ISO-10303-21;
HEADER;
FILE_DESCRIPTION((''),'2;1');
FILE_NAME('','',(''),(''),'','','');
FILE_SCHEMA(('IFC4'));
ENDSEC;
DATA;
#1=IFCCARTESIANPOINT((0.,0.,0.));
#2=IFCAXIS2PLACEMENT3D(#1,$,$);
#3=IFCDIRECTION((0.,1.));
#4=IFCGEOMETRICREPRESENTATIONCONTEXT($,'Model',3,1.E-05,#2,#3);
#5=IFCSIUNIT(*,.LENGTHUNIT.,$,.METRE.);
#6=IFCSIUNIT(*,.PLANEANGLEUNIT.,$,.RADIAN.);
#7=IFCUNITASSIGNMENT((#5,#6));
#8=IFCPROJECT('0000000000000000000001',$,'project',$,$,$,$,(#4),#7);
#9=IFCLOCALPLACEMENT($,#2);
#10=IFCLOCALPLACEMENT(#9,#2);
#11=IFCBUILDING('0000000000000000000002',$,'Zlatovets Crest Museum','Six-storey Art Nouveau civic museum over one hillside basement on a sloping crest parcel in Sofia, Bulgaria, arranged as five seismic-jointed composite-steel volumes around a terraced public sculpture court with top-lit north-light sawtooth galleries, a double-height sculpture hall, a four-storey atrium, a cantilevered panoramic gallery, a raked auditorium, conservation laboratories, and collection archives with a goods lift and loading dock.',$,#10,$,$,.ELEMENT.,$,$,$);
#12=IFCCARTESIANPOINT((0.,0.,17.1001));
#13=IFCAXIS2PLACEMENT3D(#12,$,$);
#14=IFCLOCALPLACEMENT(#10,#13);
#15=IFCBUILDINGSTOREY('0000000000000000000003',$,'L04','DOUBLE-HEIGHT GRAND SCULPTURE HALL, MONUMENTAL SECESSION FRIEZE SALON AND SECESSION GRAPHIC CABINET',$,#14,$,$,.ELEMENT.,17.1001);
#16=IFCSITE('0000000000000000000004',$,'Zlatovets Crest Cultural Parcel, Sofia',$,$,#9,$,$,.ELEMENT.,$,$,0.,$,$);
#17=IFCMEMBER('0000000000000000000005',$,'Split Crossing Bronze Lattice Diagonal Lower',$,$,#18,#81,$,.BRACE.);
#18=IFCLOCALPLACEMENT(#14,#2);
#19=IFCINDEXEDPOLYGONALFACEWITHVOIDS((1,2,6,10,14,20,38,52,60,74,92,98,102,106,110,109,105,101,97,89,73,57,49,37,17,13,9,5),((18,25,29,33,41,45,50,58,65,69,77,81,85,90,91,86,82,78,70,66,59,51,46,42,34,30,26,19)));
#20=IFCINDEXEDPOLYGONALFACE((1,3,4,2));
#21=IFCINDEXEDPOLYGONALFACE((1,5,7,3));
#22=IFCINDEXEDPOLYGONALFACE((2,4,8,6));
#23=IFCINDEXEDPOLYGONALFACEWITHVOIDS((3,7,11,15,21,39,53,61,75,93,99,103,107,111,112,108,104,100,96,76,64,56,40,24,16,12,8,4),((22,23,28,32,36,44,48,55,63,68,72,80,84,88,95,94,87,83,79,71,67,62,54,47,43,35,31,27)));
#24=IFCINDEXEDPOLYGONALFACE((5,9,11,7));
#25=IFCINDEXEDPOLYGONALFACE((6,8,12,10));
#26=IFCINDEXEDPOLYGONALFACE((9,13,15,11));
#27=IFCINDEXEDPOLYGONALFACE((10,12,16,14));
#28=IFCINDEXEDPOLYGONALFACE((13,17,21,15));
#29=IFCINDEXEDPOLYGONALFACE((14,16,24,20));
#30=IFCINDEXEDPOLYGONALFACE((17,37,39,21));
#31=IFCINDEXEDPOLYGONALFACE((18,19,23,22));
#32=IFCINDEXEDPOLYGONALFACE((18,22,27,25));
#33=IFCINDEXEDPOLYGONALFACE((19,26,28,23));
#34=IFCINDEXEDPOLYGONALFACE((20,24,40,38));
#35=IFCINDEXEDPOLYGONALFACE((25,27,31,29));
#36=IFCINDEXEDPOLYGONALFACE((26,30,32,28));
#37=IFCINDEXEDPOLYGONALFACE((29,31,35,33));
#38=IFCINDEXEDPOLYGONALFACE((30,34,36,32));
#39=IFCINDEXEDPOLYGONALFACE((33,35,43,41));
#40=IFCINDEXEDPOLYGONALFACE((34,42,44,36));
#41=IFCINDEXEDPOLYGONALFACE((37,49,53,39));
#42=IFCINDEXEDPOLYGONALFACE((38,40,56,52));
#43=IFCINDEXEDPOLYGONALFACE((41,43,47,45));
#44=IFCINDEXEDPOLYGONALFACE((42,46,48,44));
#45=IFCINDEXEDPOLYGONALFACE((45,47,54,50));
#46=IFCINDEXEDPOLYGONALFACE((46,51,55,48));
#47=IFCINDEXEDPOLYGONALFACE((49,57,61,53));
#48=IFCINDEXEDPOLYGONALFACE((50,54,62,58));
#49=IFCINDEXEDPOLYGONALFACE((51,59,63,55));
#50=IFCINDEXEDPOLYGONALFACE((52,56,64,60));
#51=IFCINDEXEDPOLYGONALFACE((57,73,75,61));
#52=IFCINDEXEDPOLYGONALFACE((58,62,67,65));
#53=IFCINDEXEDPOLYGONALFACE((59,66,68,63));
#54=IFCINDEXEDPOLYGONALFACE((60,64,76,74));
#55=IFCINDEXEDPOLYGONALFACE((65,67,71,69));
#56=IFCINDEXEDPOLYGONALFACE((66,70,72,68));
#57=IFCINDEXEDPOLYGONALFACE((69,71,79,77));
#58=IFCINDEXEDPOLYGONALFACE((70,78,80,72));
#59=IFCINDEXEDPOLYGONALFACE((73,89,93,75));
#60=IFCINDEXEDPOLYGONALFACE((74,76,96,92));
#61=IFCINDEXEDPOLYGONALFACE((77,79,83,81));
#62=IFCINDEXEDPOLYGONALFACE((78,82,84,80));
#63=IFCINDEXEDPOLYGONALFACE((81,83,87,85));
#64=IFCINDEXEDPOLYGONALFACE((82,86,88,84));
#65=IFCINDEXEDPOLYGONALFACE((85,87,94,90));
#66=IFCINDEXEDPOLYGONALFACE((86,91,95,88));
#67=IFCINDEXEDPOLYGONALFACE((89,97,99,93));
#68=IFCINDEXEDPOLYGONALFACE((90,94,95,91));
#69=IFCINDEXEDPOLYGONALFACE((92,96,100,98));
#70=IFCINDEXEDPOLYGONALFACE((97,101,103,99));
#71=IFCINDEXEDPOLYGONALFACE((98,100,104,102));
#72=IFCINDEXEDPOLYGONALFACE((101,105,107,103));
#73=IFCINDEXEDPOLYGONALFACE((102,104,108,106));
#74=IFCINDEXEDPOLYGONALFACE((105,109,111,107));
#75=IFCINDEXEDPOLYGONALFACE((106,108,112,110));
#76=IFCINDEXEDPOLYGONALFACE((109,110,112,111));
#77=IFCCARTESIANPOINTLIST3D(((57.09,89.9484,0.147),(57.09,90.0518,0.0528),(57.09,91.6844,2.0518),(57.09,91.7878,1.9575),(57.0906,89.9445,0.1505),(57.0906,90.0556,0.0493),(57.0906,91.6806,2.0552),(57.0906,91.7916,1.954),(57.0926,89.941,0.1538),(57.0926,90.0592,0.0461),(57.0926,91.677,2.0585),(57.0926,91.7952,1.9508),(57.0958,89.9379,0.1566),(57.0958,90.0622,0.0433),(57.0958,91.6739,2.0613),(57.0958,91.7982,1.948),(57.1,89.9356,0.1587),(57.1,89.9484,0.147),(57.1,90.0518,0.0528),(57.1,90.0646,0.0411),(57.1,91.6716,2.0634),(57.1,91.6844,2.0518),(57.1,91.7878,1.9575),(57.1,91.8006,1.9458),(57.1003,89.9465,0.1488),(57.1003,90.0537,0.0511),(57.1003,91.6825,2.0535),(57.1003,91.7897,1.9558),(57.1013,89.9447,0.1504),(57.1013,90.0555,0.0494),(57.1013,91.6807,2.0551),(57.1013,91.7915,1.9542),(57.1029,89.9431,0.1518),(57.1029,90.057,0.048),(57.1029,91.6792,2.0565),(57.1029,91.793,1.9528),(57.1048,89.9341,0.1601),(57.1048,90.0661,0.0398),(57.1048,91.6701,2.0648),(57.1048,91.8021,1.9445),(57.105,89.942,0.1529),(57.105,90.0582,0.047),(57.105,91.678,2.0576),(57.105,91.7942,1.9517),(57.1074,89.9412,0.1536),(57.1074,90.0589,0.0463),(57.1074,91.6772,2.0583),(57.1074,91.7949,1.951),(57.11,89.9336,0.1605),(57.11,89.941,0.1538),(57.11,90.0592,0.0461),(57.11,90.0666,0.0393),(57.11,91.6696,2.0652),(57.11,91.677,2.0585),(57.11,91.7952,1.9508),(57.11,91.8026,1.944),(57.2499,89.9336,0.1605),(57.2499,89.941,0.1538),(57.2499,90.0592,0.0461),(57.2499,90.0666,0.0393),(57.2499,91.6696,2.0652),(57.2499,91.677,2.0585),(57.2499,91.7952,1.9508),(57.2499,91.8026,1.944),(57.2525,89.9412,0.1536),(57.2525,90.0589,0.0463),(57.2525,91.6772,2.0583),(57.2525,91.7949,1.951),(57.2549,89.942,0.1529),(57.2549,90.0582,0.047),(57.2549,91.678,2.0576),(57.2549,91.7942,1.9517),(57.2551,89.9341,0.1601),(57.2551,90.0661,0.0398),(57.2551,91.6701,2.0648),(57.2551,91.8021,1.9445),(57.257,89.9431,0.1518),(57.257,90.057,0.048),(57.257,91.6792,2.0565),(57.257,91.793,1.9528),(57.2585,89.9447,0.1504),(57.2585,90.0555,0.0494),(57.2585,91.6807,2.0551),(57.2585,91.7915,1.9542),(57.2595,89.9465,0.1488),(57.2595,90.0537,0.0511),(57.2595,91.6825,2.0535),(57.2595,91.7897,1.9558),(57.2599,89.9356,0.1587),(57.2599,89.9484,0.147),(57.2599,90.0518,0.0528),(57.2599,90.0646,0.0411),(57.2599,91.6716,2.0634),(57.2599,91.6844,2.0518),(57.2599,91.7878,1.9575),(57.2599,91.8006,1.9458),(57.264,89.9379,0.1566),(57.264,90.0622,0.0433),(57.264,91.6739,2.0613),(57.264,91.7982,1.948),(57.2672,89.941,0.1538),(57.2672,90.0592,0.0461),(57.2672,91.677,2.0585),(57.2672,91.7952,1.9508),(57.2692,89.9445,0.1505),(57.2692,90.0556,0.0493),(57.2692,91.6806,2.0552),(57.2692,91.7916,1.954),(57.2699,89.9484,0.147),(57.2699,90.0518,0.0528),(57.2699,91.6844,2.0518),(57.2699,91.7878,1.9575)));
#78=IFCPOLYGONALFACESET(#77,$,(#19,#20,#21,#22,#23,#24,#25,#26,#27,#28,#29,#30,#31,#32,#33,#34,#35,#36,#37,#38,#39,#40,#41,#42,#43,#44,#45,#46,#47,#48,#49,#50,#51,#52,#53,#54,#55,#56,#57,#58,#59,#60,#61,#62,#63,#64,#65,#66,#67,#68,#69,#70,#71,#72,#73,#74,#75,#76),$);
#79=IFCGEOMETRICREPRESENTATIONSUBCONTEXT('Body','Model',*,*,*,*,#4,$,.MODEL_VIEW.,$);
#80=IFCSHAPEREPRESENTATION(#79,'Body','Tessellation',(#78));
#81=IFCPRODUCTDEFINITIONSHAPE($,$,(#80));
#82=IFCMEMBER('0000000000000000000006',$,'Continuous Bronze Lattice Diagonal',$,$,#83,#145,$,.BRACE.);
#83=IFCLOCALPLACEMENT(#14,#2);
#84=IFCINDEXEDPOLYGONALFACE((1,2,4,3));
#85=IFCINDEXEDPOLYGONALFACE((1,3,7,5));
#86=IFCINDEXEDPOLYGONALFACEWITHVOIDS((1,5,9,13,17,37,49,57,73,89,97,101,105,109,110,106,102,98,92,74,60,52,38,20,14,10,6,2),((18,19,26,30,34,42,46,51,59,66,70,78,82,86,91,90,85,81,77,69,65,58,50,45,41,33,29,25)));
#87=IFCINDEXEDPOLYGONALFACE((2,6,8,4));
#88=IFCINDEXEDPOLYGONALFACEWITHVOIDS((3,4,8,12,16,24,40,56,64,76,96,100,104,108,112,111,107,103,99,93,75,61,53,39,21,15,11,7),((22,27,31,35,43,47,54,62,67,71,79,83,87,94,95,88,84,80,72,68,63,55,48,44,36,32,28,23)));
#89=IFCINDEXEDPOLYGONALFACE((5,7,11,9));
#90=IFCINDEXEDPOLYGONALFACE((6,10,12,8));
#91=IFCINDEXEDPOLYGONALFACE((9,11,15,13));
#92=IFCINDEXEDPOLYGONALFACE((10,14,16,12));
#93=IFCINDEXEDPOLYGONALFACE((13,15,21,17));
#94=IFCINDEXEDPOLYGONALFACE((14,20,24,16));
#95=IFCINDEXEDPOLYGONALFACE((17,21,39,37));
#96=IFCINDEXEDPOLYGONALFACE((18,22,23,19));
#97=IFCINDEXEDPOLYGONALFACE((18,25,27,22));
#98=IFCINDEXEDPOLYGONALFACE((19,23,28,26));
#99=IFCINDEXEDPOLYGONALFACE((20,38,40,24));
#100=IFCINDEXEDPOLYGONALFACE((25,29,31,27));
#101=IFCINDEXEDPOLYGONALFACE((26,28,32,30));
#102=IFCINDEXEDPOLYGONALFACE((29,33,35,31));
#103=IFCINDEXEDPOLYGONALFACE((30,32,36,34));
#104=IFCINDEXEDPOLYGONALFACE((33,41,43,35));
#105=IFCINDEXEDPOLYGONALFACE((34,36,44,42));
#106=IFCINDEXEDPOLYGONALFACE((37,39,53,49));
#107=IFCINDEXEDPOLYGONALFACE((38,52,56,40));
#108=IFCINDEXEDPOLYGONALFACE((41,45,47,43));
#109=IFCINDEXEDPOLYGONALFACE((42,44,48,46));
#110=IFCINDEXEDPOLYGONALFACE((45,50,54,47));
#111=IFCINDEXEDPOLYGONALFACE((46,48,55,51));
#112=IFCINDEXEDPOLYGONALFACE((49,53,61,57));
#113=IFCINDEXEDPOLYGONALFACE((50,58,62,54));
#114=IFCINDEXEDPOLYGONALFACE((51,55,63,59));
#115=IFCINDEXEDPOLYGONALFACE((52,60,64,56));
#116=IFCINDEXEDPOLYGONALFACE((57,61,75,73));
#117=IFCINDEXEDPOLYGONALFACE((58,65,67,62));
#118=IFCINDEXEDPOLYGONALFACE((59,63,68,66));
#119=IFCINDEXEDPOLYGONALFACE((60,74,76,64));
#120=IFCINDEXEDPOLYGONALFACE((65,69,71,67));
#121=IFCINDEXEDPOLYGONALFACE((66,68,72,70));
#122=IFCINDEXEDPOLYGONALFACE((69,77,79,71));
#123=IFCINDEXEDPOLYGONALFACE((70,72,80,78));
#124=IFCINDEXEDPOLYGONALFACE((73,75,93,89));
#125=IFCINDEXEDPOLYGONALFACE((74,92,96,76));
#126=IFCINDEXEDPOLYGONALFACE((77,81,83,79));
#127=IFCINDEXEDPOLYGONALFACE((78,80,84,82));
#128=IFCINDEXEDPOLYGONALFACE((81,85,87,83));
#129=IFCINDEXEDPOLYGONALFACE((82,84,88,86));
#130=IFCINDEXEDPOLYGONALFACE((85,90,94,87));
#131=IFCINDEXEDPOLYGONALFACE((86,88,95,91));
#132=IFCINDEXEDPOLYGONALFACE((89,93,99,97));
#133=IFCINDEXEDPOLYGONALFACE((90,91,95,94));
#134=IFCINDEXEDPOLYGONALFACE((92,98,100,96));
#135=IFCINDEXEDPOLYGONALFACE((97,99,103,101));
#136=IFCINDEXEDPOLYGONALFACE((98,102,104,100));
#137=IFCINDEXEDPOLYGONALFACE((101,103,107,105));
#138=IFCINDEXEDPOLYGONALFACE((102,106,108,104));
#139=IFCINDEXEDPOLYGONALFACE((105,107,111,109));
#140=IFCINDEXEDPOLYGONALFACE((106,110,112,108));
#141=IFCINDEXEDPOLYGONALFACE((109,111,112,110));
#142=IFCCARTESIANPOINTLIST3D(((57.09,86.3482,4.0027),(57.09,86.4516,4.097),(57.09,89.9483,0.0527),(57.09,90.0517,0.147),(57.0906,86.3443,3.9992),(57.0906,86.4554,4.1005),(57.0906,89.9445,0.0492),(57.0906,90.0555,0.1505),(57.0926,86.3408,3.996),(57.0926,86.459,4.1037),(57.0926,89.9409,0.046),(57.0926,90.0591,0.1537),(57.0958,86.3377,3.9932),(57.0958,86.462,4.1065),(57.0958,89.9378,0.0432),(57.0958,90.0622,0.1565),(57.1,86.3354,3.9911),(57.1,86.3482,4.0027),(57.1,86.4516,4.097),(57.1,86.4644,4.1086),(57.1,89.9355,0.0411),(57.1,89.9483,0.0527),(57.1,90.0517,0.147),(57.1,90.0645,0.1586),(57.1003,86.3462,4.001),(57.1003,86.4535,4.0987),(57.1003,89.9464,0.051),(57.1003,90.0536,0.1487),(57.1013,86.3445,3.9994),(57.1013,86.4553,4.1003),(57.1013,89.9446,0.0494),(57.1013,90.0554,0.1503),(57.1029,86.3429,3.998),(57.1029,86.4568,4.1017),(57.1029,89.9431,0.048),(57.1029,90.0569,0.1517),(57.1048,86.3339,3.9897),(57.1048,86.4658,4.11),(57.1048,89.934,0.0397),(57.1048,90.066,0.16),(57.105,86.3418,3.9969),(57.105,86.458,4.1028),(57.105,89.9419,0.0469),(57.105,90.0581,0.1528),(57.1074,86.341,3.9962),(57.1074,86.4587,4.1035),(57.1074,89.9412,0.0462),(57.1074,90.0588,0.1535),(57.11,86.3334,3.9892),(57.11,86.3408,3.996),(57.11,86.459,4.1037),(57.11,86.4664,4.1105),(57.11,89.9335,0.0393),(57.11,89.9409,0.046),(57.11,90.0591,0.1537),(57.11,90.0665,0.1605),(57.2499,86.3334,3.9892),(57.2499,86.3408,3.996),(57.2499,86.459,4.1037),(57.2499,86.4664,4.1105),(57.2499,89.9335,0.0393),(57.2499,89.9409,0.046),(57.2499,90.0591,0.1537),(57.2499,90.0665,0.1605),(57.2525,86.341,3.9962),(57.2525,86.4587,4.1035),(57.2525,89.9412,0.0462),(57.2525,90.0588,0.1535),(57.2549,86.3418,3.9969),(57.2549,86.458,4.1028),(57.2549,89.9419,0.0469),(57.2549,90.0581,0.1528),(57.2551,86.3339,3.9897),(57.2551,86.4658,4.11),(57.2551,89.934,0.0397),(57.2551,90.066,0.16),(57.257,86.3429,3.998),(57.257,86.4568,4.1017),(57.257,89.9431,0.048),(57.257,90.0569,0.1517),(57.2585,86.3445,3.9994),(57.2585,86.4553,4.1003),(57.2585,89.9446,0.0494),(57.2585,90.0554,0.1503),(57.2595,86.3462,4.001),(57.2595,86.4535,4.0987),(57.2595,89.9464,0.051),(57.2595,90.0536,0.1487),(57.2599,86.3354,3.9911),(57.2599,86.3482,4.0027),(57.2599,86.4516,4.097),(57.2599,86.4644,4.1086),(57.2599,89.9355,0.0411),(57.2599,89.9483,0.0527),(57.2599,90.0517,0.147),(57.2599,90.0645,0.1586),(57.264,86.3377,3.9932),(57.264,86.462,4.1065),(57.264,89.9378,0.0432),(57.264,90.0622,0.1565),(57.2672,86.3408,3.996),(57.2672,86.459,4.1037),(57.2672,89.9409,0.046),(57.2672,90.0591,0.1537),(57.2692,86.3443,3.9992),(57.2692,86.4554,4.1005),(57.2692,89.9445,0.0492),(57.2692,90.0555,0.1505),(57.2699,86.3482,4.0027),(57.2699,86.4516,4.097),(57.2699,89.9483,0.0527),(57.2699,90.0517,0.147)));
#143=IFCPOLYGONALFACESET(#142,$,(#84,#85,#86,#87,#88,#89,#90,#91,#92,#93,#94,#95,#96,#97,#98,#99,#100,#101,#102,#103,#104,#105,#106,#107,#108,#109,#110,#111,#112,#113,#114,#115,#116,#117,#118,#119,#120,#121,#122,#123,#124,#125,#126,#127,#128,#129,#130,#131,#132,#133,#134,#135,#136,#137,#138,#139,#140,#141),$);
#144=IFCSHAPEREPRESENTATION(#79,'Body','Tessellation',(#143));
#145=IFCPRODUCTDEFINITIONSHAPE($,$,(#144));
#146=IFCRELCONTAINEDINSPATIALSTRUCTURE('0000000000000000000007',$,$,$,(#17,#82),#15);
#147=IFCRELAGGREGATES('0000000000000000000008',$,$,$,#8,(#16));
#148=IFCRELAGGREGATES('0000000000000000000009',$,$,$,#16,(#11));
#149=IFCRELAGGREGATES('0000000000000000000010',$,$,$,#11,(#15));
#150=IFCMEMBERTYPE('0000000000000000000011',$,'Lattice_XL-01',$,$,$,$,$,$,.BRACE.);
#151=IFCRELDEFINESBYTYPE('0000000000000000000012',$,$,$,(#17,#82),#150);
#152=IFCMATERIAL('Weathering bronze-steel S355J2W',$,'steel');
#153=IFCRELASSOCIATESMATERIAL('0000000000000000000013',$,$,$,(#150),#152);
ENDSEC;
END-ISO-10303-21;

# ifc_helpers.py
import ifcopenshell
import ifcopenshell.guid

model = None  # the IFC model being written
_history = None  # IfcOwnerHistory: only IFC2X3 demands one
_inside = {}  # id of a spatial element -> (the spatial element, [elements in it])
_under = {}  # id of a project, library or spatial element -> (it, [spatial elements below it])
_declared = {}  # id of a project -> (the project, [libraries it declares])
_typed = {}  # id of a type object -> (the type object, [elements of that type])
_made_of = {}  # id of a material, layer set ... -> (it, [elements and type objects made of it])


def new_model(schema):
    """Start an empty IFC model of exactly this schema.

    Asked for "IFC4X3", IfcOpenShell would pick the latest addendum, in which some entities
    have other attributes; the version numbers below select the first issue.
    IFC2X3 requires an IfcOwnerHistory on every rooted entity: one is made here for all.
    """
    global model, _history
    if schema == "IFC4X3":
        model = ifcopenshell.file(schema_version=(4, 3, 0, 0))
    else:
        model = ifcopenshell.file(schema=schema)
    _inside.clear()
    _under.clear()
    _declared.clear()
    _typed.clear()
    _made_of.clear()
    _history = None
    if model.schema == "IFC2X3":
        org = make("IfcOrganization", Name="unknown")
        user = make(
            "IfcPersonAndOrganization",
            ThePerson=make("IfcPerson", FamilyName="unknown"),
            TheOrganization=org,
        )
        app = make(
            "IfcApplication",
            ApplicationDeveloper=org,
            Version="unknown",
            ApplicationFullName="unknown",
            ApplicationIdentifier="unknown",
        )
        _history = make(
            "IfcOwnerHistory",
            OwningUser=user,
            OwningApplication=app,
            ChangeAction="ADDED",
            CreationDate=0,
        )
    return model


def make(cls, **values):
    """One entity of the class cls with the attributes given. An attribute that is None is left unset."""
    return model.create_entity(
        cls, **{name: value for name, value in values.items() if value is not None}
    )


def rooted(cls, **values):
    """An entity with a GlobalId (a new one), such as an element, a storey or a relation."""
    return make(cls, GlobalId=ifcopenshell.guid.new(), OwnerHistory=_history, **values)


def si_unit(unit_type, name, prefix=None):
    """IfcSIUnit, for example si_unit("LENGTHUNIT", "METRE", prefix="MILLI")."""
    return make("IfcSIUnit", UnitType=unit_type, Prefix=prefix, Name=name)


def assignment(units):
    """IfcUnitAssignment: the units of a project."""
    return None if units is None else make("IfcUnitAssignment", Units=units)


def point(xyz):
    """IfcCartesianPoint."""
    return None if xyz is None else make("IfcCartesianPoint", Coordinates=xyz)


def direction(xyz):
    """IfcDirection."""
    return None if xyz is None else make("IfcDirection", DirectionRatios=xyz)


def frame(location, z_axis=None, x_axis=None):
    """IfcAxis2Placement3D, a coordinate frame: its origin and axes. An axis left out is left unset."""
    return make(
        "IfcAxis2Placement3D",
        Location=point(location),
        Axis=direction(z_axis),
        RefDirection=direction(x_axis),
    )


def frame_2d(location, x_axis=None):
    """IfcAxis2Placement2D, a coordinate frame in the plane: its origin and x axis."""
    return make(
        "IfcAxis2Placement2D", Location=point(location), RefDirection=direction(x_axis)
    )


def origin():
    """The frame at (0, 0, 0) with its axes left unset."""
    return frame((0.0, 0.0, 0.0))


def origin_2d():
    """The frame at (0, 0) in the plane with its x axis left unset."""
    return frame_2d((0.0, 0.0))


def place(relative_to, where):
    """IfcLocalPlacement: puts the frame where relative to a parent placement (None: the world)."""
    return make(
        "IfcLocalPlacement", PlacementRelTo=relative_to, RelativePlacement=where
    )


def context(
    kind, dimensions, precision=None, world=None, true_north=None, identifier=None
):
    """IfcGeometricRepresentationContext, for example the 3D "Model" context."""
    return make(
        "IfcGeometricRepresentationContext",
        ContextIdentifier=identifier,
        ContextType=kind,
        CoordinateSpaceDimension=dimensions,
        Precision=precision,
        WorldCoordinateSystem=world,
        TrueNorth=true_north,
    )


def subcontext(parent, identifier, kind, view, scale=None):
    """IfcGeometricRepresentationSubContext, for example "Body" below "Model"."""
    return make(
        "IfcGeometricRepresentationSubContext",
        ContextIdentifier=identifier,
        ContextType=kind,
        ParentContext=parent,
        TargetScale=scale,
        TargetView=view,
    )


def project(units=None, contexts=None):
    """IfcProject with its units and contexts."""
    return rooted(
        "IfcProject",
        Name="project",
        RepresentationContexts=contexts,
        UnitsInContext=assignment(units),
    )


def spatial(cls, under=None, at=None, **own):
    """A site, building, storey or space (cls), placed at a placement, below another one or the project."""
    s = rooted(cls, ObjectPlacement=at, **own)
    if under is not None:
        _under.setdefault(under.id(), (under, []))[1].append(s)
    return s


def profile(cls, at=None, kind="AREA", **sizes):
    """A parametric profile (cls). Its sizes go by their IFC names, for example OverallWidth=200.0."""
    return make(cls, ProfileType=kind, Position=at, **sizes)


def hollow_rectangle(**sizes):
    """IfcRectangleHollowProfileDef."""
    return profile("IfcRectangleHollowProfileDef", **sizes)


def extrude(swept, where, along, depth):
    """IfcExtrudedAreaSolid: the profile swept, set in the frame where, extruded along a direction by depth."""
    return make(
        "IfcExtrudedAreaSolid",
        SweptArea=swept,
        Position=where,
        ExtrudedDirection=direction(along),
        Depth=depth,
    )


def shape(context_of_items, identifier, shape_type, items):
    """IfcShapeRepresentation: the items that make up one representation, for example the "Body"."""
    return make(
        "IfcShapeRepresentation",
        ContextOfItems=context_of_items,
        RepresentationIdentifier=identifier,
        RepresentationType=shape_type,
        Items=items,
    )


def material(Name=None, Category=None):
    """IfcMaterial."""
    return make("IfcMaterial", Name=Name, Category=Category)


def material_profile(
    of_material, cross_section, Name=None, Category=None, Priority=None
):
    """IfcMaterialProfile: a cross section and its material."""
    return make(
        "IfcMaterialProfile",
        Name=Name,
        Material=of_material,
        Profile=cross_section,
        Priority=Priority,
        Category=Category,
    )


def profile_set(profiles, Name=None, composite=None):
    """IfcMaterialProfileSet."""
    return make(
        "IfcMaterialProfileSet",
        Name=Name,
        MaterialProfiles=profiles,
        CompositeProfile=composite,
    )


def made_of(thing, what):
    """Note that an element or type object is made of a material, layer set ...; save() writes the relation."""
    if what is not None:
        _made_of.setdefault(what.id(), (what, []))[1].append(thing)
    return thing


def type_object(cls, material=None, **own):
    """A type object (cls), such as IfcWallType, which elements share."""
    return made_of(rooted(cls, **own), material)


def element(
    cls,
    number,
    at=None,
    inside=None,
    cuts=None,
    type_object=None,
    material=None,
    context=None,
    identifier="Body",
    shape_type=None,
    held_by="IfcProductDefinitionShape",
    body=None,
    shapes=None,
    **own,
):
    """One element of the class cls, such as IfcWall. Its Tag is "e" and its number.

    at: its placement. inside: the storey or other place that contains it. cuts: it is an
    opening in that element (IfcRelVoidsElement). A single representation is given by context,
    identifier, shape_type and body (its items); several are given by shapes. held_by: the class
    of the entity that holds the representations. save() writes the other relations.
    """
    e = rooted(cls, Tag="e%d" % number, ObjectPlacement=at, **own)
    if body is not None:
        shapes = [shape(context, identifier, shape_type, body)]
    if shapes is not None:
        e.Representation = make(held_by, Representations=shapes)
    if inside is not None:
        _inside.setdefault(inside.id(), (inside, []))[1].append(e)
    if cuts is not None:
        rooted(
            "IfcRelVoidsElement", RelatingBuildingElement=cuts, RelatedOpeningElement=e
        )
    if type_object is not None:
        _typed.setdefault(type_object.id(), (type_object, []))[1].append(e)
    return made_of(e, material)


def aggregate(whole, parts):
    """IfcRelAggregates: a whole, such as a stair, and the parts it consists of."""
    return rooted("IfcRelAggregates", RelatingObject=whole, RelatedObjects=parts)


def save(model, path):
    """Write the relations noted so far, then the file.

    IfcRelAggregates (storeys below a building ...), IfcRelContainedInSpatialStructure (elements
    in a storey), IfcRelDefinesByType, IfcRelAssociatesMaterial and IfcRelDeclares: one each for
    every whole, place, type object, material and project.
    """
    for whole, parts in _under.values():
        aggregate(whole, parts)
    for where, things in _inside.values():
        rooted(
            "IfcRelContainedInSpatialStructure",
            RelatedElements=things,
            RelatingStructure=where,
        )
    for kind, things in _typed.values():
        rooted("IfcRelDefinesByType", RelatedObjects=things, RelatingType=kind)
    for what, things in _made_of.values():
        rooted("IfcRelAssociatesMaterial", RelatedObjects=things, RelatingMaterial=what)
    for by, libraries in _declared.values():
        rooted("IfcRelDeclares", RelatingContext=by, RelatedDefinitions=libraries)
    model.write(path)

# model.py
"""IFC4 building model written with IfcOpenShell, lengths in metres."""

from ifc_helpers import new_model, si_unit, direction, frame, origin, origin_2d, place, context, subcontext, project, spatial, hollow_rectangle, extrude, material, material_profile, profile_set, type_object, element, save


model = new_model("IFC4")

# Units and contexts
model_context = context("Model", 3, precision=1e-05, world=origin(), true_north=direction((0.0, 1.0)))
body_context = subcontext(model_context, "Body", "Model", "MODEL_VIEW")
ifc_project = project(units=[si_unit("LENGTHUNIT", "METRE"), si_unit("PLANEANGLEUNIT", "RADIAN")], contexts=[model_context])

# Site, building, storey
site_placement = place(None, origin())
site = spatial("IfcSite", under=ifc_project, at=site_placement, Name="Zlatovets Crest Cultural Parcel, Sofia", CompositionType="ELEMENT", RefElevation=0.0)
building_placement = place(site_placement, origin())
building = spatial("IfcBuilding", under=site, at=building_placement, Name="Zlatovets Crest Museum", Description="Six-storey Art Nouveau civic museum over one hillside basement on a sloping crest parcel in Sofia, Bulgaria, arranged as five seismic-jointed composite-steel volumes around a terraced public sculpture court with top-lit north-light sawtooth galleries, a double-height sculpture hall, a four-storey atrium, a cantilevered panoramic gallery, a raked auditorium, conservation laboratories, and collection archives with a goods lift and loading dock.", CompositionType="ELEMENT")
storey_placement = place(building_placement, frame((0.0, 0.0, 17.1001)))
storey = spatial("IfcBuildingStorey", under=building, at=storey_placement, Name="L04", Description="DOUBLE-HEIGHT GRAND SCULPTURE HALL, MONUMENTAL SECESSION FRIEZE SALON AND SECESSION GRAPHIC CABINET", CompositionType="ELEMENT", Elevation=17.1001)

# Members
ifc_material_1 = material(Name="Weathering bronze-steel S355J2W", Category="steel")
ifc_material_profile_1 = material_profile(ifc_material_1, hollow_rectangle(XDim=0.1799, YDim=0.1799, WallThickness=0.01, InnerFilletRadius=0.01, OuterFilletRadius=0.02, at=origin_2d()), Name="SHS 180x180x10.0")
ifc_profile_set_1 = profile_set([ifc_material_profile_1], Name="Weathering bronze-steel S355J2W")
member_type_1 = type_object("IfcMemberType", Name="Lattice_XL-01", PredefinedType="BRACE", material=ifc_profile_set_1)
for number, where, z_axis, x_axis, name in (
    (1, (57.1799, 91.7361, 2.0046), (0.0, -0.67362, -0.739078), (1.0, 0.0, 0.0), "Split Crossing Bronze Lattice Diagonal Lower"),
):
    element("IfcMember", number, at=place(storey_placement, frame(where, z_axis=z_axis, x_axis=x_axis)), inside=storey, type_object=member_type_1, Name=name, PredefinedType="BRACE", context=body_context, shape_type="SweptSolid", body=[
        extrude(hollow_rectangle(XDim=0.1799, YDim=0.1799, WallThickness=0.01, InnerFilletRadius=0.01, OuterFilletRadius=0.02, at=origin_2d()), origin(), (0.0, 0.0, 1.0), 2.5771),
    ])
member_1_placement = place(storey_placement, frame((57.1799, 90.0, 0.0999), z_axis=(0.0, -0.673618, 0.73908), x_axis=(1.0, 0.0, 0.0)))
element("IfcMember", 2, at=member_1_placement, inside=storey, type_object=member_type_1, Name="Continuous Bronze Lattice Diagonal", PredefinedType="BRACE", context=body_context, shape_type="SweptSolid", body=[
    extrude(hollow_rectangle(XDim=0.1799, YDim=0.1799, WallThickness=0.01, InnerFilletRadius=0.01, OuterFilletRadius=0.02, at=origin_2d()), origin(), (0.0, 0.0, 1.0), 5.3445),
])

save(model, "model.ifc")
